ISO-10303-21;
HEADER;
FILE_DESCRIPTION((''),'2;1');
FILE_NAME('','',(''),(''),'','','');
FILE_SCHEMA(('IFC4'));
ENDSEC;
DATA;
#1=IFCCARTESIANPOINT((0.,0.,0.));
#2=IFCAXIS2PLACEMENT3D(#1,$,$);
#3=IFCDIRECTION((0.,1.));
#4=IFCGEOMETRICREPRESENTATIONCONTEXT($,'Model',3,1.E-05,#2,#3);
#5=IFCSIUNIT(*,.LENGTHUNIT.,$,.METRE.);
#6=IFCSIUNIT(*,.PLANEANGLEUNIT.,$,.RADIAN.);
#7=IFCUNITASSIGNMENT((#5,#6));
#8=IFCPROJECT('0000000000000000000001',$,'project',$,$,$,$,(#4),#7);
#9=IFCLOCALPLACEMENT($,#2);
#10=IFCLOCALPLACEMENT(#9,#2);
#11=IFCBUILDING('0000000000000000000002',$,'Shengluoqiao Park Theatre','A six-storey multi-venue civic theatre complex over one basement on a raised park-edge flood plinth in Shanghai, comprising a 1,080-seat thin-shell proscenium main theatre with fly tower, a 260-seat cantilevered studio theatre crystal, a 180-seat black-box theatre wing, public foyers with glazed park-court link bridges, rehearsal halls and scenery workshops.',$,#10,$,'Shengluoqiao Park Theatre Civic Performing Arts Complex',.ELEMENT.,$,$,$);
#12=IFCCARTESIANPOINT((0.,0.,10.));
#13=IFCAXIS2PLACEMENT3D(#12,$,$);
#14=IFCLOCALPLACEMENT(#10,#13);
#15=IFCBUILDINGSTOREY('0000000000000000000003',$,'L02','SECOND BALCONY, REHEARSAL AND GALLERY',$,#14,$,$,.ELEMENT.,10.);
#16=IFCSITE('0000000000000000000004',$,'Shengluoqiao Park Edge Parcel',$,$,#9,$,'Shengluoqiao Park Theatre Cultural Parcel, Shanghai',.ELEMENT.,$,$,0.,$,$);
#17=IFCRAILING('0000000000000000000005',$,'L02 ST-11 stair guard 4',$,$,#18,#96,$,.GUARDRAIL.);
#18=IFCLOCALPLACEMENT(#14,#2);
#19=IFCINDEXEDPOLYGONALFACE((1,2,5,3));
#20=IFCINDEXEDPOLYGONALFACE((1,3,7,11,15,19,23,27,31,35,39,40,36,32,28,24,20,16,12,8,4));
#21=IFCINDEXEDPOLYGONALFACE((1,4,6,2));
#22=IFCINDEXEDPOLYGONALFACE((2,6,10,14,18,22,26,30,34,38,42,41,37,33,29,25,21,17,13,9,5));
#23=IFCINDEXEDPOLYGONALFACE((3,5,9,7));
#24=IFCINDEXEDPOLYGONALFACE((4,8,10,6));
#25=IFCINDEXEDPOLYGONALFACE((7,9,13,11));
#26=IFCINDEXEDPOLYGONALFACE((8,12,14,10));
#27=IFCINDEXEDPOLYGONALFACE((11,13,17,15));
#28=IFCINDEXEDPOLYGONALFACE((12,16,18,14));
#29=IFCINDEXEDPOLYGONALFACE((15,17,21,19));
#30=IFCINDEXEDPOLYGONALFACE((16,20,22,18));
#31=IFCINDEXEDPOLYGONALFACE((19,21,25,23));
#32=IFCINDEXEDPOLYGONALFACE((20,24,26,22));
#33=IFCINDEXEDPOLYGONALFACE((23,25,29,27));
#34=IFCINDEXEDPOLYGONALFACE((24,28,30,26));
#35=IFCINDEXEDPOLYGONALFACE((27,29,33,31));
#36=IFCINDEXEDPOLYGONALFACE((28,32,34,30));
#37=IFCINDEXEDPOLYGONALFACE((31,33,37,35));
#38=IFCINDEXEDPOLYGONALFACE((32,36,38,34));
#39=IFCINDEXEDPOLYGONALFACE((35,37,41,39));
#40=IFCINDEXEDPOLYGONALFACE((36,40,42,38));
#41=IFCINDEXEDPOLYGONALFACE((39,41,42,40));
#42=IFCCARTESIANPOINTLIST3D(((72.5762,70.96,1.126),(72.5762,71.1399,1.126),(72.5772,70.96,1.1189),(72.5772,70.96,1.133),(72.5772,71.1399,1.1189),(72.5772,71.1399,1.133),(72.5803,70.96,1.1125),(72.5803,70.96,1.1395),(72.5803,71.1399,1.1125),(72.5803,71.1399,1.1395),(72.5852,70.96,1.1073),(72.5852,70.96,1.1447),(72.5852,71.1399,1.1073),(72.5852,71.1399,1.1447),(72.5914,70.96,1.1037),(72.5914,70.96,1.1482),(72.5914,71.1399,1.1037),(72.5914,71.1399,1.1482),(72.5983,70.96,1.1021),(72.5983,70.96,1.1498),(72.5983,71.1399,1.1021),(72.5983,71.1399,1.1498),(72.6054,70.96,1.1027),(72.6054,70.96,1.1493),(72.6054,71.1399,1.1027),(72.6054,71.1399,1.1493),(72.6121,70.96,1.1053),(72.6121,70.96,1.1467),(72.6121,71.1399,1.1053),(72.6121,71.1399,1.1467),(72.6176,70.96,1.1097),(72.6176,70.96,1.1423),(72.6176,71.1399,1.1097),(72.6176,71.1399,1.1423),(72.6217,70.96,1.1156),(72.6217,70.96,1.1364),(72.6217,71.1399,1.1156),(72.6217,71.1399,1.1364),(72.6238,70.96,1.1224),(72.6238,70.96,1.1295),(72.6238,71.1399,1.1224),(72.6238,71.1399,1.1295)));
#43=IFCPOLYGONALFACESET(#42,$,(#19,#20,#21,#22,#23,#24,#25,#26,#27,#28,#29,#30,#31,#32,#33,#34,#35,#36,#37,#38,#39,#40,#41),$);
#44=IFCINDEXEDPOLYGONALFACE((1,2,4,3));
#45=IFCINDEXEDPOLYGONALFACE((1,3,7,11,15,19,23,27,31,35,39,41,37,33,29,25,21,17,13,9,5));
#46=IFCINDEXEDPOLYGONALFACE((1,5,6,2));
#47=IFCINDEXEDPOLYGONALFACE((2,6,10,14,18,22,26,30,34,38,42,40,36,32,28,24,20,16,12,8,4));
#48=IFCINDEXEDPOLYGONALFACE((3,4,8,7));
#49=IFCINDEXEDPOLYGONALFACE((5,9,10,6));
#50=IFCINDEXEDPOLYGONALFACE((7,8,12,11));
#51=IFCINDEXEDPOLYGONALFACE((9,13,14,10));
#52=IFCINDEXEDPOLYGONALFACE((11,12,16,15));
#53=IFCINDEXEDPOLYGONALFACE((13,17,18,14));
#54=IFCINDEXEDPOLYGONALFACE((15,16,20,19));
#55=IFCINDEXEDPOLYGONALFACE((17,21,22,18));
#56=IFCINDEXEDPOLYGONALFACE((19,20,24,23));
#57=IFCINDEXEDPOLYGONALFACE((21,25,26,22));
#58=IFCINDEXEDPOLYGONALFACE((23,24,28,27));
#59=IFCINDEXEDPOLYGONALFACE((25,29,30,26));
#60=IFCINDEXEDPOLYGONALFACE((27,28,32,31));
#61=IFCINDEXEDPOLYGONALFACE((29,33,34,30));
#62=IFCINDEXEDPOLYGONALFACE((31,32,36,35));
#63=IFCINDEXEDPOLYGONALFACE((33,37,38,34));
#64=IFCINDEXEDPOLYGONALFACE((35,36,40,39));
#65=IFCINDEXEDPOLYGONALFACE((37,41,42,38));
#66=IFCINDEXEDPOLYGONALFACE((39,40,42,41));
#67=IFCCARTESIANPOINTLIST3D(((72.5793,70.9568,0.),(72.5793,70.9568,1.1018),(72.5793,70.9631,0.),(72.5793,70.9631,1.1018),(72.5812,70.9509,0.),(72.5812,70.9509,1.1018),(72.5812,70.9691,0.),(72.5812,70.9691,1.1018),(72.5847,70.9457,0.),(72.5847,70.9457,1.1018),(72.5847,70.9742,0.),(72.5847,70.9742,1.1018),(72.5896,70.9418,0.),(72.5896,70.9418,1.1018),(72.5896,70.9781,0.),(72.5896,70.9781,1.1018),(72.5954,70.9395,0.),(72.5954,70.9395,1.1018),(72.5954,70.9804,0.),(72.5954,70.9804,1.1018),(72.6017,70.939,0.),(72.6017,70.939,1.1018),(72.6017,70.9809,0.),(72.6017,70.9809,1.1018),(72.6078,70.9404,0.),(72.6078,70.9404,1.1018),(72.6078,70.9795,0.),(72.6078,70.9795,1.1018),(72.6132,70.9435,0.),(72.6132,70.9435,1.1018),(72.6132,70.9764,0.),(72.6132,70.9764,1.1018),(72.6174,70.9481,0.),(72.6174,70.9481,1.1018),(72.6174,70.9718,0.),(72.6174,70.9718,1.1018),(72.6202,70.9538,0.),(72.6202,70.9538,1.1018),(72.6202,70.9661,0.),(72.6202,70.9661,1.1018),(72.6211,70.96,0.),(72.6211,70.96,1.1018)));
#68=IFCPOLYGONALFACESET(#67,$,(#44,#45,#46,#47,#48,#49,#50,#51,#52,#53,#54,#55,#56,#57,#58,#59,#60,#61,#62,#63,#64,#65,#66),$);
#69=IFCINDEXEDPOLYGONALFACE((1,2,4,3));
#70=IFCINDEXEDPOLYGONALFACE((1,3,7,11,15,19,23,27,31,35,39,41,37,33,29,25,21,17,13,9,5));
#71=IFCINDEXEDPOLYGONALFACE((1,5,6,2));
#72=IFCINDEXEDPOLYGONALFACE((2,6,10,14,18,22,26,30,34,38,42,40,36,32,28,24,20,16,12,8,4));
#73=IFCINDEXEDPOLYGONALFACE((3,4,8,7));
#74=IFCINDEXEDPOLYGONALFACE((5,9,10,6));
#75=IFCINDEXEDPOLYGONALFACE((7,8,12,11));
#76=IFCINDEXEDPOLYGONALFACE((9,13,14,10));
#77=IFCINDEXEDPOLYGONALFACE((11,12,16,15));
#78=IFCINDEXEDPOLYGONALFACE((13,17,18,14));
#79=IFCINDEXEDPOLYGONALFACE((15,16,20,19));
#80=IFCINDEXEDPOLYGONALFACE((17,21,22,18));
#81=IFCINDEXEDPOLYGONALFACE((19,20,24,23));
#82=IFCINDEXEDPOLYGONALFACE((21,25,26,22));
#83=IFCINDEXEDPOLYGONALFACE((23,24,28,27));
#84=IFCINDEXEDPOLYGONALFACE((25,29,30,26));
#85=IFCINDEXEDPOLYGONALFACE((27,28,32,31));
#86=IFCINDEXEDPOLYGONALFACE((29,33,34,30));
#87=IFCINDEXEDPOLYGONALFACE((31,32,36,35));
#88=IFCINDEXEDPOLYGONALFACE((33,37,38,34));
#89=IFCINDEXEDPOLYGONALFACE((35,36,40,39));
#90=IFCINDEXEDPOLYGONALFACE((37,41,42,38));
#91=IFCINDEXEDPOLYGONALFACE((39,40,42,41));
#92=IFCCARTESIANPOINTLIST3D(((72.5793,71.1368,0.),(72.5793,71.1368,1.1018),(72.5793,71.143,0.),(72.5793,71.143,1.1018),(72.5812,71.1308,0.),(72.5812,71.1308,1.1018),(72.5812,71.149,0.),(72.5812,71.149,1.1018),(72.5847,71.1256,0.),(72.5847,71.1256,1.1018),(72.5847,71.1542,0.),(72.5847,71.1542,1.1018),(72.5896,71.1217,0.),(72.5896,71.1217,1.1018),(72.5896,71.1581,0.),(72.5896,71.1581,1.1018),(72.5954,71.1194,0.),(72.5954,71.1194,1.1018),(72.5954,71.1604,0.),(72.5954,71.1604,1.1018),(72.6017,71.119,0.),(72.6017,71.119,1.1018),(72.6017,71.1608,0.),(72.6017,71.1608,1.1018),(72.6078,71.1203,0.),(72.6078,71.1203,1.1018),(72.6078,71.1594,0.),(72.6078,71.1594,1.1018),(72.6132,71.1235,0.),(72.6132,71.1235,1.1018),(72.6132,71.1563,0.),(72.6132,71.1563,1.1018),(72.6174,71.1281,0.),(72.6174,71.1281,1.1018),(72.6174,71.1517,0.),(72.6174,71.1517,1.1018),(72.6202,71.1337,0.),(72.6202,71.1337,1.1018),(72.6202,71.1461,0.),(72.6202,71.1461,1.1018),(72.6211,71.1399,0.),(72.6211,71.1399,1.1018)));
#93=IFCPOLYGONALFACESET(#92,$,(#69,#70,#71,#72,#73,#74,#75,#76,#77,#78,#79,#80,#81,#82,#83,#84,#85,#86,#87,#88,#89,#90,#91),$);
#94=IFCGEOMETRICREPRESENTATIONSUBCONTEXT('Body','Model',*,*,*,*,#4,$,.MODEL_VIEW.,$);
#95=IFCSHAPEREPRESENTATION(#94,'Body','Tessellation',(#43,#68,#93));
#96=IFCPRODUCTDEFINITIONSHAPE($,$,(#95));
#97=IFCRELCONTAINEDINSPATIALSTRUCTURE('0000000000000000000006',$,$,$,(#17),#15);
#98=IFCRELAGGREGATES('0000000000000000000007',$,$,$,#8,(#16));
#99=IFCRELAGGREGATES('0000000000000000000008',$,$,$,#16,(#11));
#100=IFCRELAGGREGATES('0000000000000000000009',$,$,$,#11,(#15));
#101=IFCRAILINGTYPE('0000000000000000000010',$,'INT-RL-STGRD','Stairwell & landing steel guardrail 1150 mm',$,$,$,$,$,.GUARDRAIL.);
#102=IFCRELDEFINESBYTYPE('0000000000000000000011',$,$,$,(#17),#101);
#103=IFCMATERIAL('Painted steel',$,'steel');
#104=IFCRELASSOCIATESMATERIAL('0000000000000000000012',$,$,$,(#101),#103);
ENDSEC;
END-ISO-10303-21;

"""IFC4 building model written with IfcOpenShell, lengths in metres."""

from ifc_helpers import new_model, si_unit, direction, frame, origin, origin_2d, place, context, subcontext, project, spatial, circle, extrude, material, type_object, element, save


model = new_model("IFC4")

# Units and contexts
model_context = context("Model", 3, precision=1e-05, world=origin(), true_north=direction((0.0, 1.0)))
body_context = subcontext(model_context, "Body", "Model", "MODEL_VIEW")
ifc_project = project(units=[si_unit("LENGTHUNIT", "METRE"), si_unit("PLANEANGLEUNIT", "RADIAN")], contexts=[model_context])

# Site, building, storey
site_placement = place(None, origin())
site = spatial("IfcSite", under=ifc_project, at=site_placement, Name="Shengluoqiao Park Edge Parcel", LongName="Shengluoqiao Park Theatre Cultural Parcel, Shanghai", CompositionType="ELEMENT", RefElevation=0.0)
building_placement = place(site_placement, origin())
building = spatial("IfcBuilding", under=site, at=building_placement, Name="Shengluoqiao Park Theatre", Description="A six-storey multi-venue civic theatre complex over one basement on a raised park-edge flood plinth in Shanghai, comprising a 1,080-seat thin-shell proscenium main theatre with fly tower, a 260-seat cantilevered studio theatre crystal, a 180-seat black-box theatre wing, public foyers with glazed park-court link bridges, rehearsal halls and scenery workshops.", LongName="Shengluoqiao Park Theatre Civic Performing Arts Complex", CompositionType="ELEMENT")
storey_placement = place(building_placement, frame((0.0, 0.0, 10.0)))
storey = spatial("IfcBuildingStorey", under=building, at=storey_placement, Name="L02", Description="SECOND BALCONY, REHEARSAL AND GALLERY", CompositionType="ELEMENT", Elevation=10.0)

# Railing
ifc_material_1 = material(Name="Painted steel", Category="steel")
railing_type_1 = type_object("IfcRailingType", Name="INT-RL-STGRD", Description="Stairwell & landing steel guardrail 1150 mm", PredefinedType="GUARDRAIL", material=ifc_material_1)
railing_1_placement = place(storey_placement, frame((72.6001, 70.96, 0.0)))
element("IfcRailing", 1, at=railing_1_placement, inside=storey, type_object=railing_type_1, Name="L02 ST-11 stair guard 4", PredefinedType="GUARDRAIL", context=body_context, shape_type="SweptSolid", body=[
    extrude(circle(Radius=0.0239, at=origin_2d()), frame((0.0, 0.0, 1.126), z_axis=(0.0, 1.0, 0.0), x_axis=(-1.0, 0.0, 0.0)), (0.0, 0.0, 1.0), 0.1799),
    extrude(circle(Radius=0.021, at=origin_2d()), origin(), (0.0, 0.0, 1.0), 1.1018),
    extrude(circle(Radius=0.021, at=origin_2d()), frame((0.0, 0.1799, 0.0)), (0.0, 0.0, 1.0), 1.1018),
])

save(model, "model.ifc")
